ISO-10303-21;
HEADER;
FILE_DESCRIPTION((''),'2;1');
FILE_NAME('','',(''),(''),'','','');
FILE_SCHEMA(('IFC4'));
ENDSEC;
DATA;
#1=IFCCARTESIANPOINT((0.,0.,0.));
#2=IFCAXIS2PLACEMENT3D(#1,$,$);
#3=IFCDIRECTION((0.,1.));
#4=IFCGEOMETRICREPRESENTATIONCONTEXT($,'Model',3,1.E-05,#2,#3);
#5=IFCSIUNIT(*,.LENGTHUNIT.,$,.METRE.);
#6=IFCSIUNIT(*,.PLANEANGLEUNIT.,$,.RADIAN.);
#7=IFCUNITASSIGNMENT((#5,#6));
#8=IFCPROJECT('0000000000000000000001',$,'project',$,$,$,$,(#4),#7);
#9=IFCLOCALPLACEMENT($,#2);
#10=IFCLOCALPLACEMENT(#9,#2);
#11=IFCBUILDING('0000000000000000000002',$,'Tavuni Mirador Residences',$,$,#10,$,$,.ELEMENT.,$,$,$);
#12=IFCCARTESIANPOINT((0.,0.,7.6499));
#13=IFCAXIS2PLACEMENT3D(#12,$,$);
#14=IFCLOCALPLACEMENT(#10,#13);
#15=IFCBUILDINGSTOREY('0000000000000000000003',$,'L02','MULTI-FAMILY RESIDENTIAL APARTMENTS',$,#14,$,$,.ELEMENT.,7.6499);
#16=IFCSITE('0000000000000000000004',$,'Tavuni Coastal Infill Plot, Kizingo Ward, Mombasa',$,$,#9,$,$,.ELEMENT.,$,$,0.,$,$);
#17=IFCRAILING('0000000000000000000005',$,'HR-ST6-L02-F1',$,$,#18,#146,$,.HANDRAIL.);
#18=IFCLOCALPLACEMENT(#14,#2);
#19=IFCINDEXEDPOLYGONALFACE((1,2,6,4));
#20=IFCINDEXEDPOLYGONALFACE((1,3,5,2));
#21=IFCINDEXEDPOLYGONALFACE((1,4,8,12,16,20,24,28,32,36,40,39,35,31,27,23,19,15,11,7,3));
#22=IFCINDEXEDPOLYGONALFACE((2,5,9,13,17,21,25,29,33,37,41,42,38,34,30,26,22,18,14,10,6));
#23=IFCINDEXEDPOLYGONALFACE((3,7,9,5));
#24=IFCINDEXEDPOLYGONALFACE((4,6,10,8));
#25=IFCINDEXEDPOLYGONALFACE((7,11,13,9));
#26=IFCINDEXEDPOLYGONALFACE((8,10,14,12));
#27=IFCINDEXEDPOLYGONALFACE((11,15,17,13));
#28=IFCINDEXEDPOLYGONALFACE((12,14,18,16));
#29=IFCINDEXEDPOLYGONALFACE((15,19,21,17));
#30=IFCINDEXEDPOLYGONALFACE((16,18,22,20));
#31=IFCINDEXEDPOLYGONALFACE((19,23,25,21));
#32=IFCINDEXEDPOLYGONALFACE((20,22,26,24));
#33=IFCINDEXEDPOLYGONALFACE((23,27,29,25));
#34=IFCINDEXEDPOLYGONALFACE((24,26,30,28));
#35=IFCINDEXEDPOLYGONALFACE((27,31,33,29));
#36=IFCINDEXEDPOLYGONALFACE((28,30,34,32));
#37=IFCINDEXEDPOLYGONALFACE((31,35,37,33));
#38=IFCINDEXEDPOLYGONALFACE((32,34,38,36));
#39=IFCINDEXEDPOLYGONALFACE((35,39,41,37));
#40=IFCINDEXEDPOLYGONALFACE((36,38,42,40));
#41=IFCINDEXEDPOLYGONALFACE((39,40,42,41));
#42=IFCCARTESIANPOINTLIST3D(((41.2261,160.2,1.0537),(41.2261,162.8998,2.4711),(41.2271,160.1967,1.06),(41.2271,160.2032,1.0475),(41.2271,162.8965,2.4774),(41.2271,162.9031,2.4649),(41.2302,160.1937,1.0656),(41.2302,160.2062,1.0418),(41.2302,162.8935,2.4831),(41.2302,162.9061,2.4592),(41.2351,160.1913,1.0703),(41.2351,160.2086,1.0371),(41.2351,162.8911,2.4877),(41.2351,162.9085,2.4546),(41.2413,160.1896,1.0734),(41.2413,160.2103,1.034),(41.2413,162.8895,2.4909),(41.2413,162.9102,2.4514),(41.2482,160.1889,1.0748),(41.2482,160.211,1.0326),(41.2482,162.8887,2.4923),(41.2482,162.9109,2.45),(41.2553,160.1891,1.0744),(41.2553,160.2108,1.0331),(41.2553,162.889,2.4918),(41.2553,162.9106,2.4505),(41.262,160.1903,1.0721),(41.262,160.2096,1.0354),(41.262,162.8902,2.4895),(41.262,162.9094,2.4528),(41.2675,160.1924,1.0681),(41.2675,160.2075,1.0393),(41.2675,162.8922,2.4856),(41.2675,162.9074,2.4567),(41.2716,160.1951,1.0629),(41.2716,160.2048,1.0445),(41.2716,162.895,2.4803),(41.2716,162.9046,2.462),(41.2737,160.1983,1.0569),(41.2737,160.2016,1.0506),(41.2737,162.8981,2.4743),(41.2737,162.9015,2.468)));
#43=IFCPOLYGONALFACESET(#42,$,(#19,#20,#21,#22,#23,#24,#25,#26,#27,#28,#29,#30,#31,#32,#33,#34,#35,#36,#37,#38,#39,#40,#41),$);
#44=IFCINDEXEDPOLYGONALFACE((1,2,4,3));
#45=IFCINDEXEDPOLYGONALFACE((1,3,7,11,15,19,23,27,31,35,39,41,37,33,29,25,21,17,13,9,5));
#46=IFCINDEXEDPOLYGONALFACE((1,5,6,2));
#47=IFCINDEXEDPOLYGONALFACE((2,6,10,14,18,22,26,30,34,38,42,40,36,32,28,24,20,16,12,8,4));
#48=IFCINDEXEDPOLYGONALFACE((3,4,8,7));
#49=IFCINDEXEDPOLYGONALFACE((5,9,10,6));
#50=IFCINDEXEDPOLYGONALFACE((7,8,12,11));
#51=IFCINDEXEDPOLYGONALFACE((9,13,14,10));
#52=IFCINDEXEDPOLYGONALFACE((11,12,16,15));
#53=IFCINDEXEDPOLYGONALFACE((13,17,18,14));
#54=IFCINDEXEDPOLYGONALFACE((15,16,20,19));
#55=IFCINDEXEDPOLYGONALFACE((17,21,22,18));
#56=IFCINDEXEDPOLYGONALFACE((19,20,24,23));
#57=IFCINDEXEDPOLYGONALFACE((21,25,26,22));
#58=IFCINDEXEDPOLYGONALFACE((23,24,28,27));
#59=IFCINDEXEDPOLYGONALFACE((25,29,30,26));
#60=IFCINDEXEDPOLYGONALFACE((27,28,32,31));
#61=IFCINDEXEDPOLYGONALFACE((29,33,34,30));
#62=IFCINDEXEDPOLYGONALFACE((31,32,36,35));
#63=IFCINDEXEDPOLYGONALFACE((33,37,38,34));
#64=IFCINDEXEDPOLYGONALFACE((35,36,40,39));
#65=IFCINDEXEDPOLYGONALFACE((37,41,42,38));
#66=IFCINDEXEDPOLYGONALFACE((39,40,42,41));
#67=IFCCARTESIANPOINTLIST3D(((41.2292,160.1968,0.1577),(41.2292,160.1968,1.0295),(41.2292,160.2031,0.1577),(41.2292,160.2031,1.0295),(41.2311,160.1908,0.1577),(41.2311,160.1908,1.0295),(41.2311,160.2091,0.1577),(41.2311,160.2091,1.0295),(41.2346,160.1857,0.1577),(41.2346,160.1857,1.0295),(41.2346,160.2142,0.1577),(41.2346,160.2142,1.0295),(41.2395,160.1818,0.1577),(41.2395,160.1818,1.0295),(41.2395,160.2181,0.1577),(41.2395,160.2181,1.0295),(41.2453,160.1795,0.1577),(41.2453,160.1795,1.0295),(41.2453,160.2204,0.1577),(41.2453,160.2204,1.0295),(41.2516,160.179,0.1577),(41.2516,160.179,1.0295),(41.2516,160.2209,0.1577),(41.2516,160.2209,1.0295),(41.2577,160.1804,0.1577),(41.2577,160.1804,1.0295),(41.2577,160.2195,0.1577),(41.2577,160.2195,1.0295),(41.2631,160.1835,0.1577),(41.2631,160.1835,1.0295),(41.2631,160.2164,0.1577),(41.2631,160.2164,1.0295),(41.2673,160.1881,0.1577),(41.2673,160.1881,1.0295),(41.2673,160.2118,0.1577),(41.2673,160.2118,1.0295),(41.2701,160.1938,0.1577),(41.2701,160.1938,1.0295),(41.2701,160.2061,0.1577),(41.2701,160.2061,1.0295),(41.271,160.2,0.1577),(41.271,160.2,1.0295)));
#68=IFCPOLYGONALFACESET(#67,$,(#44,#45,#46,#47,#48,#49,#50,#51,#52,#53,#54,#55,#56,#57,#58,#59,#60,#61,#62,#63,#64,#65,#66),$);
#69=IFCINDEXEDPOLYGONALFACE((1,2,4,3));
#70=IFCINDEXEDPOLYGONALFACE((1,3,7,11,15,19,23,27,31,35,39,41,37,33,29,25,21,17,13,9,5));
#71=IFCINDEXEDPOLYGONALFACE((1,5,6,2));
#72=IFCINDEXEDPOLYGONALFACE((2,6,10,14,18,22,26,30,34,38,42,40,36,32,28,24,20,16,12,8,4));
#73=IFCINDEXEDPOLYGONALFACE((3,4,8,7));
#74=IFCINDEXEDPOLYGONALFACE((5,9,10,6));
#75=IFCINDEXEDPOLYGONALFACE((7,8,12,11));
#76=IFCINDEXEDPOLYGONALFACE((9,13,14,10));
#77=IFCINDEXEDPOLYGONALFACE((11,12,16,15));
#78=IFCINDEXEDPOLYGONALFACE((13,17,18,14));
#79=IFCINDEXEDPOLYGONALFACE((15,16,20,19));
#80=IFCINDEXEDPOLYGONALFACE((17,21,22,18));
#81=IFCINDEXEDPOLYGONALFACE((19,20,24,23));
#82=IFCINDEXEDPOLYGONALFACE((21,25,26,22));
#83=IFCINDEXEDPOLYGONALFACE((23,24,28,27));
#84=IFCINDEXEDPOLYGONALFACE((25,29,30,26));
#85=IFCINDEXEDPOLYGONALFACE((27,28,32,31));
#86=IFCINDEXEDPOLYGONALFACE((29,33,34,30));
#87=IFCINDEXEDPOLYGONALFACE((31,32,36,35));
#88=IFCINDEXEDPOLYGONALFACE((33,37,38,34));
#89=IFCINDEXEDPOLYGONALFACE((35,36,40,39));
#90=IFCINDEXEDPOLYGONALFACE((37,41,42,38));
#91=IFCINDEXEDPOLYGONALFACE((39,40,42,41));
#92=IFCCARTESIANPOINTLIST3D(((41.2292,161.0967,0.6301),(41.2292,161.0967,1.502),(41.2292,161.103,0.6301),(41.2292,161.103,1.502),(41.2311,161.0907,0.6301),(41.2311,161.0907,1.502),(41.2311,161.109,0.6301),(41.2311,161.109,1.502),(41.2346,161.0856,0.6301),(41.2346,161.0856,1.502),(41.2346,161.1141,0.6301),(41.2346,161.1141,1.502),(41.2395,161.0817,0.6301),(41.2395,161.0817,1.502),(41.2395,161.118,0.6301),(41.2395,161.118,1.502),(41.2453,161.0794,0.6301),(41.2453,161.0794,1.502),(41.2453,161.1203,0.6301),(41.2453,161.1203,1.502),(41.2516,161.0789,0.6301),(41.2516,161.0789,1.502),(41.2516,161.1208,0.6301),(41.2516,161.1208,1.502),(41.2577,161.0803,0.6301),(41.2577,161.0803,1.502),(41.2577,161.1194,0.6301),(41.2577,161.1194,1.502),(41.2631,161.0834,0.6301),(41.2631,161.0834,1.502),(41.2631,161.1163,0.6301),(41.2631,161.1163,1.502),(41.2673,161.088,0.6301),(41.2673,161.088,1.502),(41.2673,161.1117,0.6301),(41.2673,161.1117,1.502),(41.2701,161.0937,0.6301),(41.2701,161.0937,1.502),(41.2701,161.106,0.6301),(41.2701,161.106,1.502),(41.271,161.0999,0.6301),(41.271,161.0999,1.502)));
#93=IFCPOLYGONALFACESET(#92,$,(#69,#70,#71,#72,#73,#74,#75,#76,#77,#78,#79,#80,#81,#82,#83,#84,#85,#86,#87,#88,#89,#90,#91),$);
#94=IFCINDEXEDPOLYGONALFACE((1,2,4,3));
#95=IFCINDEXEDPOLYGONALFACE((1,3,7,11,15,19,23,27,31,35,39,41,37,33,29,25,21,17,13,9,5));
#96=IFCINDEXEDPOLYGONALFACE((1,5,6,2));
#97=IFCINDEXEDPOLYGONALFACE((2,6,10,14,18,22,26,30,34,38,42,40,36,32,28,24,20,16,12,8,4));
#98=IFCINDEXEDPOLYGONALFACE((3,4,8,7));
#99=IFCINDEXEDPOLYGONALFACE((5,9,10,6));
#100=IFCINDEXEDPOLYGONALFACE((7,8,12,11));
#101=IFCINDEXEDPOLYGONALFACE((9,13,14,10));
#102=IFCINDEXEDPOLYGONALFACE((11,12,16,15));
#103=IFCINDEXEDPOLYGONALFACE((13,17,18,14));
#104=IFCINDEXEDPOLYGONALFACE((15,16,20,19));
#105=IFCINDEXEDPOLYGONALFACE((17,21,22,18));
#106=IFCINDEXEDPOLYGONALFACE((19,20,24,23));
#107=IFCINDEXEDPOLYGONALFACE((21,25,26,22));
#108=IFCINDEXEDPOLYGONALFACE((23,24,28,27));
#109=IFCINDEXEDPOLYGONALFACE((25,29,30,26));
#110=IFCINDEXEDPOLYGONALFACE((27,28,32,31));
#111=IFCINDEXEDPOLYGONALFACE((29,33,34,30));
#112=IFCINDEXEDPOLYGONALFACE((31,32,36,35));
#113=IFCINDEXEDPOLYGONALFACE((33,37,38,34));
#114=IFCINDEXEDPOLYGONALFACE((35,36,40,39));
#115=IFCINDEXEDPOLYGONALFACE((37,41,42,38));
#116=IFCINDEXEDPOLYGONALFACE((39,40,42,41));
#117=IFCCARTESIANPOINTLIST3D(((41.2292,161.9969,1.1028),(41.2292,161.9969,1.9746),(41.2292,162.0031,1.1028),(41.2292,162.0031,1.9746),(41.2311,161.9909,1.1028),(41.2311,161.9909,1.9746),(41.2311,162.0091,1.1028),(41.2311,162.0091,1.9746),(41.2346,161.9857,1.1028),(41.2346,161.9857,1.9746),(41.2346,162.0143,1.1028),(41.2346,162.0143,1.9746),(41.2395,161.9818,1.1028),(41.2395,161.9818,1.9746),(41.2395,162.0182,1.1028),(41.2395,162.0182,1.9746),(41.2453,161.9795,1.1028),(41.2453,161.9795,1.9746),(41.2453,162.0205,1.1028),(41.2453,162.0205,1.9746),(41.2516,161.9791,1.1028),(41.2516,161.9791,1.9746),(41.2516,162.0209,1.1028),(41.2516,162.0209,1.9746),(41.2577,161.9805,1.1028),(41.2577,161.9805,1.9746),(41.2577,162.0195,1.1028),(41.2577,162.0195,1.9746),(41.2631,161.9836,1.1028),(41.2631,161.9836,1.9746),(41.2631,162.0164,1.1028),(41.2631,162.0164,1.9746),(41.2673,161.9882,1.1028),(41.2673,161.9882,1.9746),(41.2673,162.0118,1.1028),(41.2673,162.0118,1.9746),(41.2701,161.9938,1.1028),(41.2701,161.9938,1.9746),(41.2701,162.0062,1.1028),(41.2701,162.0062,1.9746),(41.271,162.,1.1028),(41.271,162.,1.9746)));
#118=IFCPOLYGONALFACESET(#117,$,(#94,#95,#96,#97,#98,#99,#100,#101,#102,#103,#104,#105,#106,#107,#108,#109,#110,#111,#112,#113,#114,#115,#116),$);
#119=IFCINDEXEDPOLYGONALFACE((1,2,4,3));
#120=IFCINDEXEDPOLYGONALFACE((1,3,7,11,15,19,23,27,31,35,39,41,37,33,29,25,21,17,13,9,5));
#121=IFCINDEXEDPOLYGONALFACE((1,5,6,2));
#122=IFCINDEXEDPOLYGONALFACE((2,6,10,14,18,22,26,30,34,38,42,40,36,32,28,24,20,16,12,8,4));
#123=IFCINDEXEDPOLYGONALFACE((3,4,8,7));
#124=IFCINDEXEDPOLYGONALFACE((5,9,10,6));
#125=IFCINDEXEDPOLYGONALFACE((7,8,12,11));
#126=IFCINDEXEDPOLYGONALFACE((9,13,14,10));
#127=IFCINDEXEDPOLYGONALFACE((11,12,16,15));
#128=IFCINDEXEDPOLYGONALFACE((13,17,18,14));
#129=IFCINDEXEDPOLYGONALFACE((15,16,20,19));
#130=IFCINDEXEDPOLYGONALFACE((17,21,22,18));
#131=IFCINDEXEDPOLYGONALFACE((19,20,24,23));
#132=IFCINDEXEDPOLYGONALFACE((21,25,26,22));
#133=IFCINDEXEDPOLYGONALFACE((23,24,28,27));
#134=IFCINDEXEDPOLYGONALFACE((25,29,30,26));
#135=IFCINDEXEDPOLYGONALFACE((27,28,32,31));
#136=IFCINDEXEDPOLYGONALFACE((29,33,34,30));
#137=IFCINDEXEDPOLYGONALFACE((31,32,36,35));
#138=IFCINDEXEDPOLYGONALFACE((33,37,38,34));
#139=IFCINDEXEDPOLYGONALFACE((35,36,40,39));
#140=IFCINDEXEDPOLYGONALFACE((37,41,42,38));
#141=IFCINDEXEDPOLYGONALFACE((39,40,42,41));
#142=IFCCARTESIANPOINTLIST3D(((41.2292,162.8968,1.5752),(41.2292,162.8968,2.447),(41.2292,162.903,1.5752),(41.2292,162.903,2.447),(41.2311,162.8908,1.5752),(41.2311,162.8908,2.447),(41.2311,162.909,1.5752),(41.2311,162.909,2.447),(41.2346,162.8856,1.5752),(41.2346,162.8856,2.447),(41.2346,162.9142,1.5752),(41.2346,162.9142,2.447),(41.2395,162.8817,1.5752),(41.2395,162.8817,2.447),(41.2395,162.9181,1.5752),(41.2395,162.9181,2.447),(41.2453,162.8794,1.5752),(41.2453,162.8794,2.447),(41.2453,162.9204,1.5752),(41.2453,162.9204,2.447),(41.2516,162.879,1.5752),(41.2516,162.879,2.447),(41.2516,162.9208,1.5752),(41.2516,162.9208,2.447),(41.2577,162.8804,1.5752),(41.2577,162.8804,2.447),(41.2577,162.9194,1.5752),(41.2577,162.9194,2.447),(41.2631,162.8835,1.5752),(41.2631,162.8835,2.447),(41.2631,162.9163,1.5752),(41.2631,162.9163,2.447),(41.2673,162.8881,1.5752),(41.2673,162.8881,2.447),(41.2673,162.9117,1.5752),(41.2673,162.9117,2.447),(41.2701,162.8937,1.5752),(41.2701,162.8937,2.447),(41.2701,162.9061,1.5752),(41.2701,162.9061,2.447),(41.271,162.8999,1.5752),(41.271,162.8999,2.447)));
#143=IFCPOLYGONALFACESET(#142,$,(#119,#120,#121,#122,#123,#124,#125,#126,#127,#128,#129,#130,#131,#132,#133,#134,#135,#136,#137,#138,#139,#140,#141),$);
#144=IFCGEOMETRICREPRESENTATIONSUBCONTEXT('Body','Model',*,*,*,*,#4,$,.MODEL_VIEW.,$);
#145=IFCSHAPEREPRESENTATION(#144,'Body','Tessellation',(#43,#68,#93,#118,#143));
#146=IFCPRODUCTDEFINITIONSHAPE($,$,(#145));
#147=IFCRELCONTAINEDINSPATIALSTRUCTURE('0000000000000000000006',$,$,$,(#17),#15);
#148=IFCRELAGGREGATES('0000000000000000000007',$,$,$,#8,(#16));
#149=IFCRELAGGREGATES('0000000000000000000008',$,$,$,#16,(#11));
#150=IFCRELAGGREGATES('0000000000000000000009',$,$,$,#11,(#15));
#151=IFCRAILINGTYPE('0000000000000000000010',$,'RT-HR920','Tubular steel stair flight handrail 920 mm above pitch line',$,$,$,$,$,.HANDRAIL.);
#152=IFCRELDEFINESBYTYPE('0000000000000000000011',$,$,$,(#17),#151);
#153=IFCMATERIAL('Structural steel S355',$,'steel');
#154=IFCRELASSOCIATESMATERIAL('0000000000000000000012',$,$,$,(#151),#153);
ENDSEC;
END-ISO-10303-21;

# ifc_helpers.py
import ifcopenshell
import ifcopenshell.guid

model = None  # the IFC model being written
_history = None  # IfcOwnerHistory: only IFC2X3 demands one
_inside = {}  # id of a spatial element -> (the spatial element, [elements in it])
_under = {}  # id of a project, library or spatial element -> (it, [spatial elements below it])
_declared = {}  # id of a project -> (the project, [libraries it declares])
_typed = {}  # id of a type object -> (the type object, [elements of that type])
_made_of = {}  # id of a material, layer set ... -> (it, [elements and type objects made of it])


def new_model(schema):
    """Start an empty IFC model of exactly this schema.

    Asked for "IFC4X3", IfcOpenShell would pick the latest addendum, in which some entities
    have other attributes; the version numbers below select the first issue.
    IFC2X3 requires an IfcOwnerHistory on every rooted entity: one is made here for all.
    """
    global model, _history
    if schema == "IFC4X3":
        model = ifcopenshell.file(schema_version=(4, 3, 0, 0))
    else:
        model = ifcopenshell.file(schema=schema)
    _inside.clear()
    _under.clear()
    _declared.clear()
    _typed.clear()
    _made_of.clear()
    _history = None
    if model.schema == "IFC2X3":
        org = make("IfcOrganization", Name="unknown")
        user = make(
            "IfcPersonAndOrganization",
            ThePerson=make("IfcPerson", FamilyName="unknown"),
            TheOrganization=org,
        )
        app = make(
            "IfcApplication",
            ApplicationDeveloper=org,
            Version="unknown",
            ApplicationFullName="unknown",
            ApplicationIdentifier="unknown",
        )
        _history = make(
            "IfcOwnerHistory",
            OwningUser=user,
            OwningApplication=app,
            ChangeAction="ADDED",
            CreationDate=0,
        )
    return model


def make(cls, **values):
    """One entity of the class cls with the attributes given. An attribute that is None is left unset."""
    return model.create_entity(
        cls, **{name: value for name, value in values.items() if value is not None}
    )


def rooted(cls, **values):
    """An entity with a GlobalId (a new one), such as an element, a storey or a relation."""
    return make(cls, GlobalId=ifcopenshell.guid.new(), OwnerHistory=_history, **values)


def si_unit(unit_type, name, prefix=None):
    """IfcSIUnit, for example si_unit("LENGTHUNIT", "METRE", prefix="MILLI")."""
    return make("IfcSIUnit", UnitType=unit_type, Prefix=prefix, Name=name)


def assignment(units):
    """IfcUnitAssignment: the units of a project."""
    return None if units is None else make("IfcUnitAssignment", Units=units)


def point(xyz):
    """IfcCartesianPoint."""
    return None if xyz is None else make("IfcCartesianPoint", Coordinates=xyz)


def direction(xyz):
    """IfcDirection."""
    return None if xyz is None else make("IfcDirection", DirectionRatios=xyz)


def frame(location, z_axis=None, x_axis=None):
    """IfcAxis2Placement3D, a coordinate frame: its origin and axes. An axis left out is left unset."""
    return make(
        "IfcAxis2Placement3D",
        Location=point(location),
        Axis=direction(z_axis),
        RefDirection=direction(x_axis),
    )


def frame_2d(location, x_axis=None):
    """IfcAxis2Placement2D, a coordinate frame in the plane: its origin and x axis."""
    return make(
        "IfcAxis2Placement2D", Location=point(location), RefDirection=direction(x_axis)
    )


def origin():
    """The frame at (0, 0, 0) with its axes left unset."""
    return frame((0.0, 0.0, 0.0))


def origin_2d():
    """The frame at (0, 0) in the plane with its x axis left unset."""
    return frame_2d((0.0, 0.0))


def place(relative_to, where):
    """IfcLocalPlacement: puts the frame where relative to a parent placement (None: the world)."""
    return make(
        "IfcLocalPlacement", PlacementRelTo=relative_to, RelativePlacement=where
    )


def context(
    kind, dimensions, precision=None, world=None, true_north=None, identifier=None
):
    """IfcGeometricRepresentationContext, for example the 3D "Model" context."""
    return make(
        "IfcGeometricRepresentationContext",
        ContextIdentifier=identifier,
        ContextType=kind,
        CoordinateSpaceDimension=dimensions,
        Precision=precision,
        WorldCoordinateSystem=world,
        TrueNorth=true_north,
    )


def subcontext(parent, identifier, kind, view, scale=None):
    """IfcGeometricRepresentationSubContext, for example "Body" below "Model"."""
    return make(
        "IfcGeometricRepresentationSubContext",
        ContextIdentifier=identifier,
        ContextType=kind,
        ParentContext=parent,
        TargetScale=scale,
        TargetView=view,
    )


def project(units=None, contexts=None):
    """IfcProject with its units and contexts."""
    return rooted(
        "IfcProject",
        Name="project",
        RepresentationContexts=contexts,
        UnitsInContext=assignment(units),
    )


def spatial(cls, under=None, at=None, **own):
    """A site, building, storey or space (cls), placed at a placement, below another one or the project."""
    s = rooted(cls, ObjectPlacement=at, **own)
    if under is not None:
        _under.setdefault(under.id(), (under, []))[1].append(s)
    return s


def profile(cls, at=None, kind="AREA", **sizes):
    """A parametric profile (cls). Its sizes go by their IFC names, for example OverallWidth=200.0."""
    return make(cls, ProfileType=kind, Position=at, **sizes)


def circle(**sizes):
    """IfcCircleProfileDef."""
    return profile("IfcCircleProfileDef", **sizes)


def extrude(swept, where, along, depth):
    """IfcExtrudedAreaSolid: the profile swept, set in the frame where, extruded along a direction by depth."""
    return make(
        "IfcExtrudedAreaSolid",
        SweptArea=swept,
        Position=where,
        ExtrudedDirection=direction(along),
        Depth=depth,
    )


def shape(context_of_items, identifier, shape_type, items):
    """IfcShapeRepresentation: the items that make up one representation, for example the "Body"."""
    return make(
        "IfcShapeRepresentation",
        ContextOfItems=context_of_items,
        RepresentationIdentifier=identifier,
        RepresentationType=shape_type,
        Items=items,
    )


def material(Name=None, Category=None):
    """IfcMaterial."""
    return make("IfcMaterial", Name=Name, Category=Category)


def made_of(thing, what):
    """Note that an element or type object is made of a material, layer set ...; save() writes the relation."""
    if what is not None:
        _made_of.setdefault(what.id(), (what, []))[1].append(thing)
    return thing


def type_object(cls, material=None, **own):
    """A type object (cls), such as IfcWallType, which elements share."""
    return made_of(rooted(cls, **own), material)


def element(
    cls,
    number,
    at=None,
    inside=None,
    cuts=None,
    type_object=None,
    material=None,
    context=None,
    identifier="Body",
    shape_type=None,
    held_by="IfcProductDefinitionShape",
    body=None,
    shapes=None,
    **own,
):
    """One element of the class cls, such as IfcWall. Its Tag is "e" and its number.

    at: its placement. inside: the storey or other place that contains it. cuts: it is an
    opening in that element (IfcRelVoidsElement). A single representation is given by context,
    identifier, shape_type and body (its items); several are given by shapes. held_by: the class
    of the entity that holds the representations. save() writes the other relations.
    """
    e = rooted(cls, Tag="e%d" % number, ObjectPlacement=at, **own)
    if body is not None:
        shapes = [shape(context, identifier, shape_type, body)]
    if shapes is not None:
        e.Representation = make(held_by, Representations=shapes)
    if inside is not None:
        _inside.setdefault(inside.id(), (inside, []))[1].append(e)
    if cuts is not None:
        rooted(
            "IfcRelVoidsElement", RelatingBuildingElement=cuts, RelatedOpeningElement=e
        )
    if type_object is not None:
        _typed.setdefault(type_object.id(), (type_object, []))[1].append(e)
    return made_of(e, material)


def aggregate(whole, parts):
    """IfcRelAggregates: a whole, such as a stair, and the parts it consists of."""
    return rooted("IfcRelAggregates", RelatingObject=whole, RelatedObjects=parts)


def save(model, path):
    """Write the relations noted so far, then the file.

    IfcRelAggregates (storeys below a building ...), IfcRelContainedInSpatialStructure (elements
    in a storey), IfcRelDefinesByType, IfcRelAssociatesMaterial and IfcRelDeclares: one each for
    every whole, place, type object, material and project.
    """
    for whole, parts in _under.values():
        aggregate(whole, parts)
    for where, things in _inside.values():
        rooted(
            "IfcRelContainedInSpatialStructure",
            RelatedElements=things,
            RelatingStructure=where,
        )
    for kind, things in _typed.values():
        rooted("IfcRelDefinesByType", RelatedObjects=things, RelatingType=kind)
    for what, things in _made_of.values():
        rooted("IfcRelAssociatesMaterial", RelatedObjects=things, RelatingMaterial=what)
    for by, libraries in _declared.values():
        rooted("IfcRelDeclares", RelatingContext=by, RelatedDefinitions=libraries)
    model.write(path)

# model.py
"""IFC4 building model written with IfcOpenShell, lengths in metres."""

from ifc_helpers import new_model, si_unit, direction, frame, origin, origin_2d, place, context, subcontext, project, spatial, circle, extrude, material, type_object, element, save


model = new_model("IFC4")

# Units and contexts
model_context = context("Model", 3, precision=1e-05, world=origin(), true_north=direction((0.0, 1.0)))
body_context = subcontext(model_context, "Body", "Model", "MODEL_VIEW")
ifc_project = project(units=[si_unit("LENGTHUNIT", "METRE"), si_unit("PLANEANGLEUNIT", "RADIAN")], contexts=[model_context])

# Site, building, storey
site_placement = place(None, origin())
site = spatial("IfcSite", under=ifc_project, at=site_placement, Name="Tavuni Coastal Infill Plot, Kizingo Ward, Mombasa", CompositionType="ELEMENT", RefElevation=0.0)
building_placement = place(site_placement, origin())
building = spatial("IfcBuilding", under=site, at=building_placement, Name="Tavuni Mirador Residences", CompositionType="ELEMENT")
storey_placement = place(building_placement, frame((0.0, 0.0, 7.6499)))
storey = spatial("IfcBuildingStorey", under=building, at=storey_placement, Name="L02", Description="MULTI-FAMILY RESIDENTIAL APARTMENTS", CompositionType="ELEMENT", Elevation=7.6499)

# Shared definitions
ifc_material_1 = material(Name="Structural steel S355", Category="steel")

# Railing
railing_type_1 = type_object("IfcRailingType", Name="RT-HR920", Description="Tubular steel stair flight handrail 920 mm above pitch line", PredefinedType="HANDRAIL", material=ifc_material_1)
railing_1_placement = place(storey_placement, frame((41.25, 160.2, 0.1577)))
element("IfcRailing", 1, at=railing_1_placement, inside=storey, type_object=railing_type_1, Name="HR-ST6-L02-F1", PredefinedType="HANDRAIL", context=body_context, shape_type="SweptSolid", body=[
    extrude(circle(Radius=0.0239, at=origin_2d()), frame((0.0, 0.0, 0.896), z_axis=(0.0, 0.885397, 0.464835), x_axis=(-1.0, 0.0, 0.0)), (0.0, 0.0, 1.0), 3.0493),
    extrude(circle(Radius=0.021, at=origin_2d()), origin(), (0.0, 0.0, 1.0), 0.8718),
    extrude(circle(Radius=0.021, at=origin_2d()), frame((0.0, 0.8999, 0.4724)), (0.0, 0.0, 1.0), 0.8718),
    extrude(circle(Radius=0.021, at=origin_2d()), frame((0.0, 1.8, 0.9451)), (0.0, 0.0, 1.0), 0.8718),
    extrude(circle(Radius=0.021, at=origin_2d()), frame((0.0, 2.7, 1.4175)), (0.0, 0.0, 1.0), 0.8718),
])

save(model, "model.ifc")
